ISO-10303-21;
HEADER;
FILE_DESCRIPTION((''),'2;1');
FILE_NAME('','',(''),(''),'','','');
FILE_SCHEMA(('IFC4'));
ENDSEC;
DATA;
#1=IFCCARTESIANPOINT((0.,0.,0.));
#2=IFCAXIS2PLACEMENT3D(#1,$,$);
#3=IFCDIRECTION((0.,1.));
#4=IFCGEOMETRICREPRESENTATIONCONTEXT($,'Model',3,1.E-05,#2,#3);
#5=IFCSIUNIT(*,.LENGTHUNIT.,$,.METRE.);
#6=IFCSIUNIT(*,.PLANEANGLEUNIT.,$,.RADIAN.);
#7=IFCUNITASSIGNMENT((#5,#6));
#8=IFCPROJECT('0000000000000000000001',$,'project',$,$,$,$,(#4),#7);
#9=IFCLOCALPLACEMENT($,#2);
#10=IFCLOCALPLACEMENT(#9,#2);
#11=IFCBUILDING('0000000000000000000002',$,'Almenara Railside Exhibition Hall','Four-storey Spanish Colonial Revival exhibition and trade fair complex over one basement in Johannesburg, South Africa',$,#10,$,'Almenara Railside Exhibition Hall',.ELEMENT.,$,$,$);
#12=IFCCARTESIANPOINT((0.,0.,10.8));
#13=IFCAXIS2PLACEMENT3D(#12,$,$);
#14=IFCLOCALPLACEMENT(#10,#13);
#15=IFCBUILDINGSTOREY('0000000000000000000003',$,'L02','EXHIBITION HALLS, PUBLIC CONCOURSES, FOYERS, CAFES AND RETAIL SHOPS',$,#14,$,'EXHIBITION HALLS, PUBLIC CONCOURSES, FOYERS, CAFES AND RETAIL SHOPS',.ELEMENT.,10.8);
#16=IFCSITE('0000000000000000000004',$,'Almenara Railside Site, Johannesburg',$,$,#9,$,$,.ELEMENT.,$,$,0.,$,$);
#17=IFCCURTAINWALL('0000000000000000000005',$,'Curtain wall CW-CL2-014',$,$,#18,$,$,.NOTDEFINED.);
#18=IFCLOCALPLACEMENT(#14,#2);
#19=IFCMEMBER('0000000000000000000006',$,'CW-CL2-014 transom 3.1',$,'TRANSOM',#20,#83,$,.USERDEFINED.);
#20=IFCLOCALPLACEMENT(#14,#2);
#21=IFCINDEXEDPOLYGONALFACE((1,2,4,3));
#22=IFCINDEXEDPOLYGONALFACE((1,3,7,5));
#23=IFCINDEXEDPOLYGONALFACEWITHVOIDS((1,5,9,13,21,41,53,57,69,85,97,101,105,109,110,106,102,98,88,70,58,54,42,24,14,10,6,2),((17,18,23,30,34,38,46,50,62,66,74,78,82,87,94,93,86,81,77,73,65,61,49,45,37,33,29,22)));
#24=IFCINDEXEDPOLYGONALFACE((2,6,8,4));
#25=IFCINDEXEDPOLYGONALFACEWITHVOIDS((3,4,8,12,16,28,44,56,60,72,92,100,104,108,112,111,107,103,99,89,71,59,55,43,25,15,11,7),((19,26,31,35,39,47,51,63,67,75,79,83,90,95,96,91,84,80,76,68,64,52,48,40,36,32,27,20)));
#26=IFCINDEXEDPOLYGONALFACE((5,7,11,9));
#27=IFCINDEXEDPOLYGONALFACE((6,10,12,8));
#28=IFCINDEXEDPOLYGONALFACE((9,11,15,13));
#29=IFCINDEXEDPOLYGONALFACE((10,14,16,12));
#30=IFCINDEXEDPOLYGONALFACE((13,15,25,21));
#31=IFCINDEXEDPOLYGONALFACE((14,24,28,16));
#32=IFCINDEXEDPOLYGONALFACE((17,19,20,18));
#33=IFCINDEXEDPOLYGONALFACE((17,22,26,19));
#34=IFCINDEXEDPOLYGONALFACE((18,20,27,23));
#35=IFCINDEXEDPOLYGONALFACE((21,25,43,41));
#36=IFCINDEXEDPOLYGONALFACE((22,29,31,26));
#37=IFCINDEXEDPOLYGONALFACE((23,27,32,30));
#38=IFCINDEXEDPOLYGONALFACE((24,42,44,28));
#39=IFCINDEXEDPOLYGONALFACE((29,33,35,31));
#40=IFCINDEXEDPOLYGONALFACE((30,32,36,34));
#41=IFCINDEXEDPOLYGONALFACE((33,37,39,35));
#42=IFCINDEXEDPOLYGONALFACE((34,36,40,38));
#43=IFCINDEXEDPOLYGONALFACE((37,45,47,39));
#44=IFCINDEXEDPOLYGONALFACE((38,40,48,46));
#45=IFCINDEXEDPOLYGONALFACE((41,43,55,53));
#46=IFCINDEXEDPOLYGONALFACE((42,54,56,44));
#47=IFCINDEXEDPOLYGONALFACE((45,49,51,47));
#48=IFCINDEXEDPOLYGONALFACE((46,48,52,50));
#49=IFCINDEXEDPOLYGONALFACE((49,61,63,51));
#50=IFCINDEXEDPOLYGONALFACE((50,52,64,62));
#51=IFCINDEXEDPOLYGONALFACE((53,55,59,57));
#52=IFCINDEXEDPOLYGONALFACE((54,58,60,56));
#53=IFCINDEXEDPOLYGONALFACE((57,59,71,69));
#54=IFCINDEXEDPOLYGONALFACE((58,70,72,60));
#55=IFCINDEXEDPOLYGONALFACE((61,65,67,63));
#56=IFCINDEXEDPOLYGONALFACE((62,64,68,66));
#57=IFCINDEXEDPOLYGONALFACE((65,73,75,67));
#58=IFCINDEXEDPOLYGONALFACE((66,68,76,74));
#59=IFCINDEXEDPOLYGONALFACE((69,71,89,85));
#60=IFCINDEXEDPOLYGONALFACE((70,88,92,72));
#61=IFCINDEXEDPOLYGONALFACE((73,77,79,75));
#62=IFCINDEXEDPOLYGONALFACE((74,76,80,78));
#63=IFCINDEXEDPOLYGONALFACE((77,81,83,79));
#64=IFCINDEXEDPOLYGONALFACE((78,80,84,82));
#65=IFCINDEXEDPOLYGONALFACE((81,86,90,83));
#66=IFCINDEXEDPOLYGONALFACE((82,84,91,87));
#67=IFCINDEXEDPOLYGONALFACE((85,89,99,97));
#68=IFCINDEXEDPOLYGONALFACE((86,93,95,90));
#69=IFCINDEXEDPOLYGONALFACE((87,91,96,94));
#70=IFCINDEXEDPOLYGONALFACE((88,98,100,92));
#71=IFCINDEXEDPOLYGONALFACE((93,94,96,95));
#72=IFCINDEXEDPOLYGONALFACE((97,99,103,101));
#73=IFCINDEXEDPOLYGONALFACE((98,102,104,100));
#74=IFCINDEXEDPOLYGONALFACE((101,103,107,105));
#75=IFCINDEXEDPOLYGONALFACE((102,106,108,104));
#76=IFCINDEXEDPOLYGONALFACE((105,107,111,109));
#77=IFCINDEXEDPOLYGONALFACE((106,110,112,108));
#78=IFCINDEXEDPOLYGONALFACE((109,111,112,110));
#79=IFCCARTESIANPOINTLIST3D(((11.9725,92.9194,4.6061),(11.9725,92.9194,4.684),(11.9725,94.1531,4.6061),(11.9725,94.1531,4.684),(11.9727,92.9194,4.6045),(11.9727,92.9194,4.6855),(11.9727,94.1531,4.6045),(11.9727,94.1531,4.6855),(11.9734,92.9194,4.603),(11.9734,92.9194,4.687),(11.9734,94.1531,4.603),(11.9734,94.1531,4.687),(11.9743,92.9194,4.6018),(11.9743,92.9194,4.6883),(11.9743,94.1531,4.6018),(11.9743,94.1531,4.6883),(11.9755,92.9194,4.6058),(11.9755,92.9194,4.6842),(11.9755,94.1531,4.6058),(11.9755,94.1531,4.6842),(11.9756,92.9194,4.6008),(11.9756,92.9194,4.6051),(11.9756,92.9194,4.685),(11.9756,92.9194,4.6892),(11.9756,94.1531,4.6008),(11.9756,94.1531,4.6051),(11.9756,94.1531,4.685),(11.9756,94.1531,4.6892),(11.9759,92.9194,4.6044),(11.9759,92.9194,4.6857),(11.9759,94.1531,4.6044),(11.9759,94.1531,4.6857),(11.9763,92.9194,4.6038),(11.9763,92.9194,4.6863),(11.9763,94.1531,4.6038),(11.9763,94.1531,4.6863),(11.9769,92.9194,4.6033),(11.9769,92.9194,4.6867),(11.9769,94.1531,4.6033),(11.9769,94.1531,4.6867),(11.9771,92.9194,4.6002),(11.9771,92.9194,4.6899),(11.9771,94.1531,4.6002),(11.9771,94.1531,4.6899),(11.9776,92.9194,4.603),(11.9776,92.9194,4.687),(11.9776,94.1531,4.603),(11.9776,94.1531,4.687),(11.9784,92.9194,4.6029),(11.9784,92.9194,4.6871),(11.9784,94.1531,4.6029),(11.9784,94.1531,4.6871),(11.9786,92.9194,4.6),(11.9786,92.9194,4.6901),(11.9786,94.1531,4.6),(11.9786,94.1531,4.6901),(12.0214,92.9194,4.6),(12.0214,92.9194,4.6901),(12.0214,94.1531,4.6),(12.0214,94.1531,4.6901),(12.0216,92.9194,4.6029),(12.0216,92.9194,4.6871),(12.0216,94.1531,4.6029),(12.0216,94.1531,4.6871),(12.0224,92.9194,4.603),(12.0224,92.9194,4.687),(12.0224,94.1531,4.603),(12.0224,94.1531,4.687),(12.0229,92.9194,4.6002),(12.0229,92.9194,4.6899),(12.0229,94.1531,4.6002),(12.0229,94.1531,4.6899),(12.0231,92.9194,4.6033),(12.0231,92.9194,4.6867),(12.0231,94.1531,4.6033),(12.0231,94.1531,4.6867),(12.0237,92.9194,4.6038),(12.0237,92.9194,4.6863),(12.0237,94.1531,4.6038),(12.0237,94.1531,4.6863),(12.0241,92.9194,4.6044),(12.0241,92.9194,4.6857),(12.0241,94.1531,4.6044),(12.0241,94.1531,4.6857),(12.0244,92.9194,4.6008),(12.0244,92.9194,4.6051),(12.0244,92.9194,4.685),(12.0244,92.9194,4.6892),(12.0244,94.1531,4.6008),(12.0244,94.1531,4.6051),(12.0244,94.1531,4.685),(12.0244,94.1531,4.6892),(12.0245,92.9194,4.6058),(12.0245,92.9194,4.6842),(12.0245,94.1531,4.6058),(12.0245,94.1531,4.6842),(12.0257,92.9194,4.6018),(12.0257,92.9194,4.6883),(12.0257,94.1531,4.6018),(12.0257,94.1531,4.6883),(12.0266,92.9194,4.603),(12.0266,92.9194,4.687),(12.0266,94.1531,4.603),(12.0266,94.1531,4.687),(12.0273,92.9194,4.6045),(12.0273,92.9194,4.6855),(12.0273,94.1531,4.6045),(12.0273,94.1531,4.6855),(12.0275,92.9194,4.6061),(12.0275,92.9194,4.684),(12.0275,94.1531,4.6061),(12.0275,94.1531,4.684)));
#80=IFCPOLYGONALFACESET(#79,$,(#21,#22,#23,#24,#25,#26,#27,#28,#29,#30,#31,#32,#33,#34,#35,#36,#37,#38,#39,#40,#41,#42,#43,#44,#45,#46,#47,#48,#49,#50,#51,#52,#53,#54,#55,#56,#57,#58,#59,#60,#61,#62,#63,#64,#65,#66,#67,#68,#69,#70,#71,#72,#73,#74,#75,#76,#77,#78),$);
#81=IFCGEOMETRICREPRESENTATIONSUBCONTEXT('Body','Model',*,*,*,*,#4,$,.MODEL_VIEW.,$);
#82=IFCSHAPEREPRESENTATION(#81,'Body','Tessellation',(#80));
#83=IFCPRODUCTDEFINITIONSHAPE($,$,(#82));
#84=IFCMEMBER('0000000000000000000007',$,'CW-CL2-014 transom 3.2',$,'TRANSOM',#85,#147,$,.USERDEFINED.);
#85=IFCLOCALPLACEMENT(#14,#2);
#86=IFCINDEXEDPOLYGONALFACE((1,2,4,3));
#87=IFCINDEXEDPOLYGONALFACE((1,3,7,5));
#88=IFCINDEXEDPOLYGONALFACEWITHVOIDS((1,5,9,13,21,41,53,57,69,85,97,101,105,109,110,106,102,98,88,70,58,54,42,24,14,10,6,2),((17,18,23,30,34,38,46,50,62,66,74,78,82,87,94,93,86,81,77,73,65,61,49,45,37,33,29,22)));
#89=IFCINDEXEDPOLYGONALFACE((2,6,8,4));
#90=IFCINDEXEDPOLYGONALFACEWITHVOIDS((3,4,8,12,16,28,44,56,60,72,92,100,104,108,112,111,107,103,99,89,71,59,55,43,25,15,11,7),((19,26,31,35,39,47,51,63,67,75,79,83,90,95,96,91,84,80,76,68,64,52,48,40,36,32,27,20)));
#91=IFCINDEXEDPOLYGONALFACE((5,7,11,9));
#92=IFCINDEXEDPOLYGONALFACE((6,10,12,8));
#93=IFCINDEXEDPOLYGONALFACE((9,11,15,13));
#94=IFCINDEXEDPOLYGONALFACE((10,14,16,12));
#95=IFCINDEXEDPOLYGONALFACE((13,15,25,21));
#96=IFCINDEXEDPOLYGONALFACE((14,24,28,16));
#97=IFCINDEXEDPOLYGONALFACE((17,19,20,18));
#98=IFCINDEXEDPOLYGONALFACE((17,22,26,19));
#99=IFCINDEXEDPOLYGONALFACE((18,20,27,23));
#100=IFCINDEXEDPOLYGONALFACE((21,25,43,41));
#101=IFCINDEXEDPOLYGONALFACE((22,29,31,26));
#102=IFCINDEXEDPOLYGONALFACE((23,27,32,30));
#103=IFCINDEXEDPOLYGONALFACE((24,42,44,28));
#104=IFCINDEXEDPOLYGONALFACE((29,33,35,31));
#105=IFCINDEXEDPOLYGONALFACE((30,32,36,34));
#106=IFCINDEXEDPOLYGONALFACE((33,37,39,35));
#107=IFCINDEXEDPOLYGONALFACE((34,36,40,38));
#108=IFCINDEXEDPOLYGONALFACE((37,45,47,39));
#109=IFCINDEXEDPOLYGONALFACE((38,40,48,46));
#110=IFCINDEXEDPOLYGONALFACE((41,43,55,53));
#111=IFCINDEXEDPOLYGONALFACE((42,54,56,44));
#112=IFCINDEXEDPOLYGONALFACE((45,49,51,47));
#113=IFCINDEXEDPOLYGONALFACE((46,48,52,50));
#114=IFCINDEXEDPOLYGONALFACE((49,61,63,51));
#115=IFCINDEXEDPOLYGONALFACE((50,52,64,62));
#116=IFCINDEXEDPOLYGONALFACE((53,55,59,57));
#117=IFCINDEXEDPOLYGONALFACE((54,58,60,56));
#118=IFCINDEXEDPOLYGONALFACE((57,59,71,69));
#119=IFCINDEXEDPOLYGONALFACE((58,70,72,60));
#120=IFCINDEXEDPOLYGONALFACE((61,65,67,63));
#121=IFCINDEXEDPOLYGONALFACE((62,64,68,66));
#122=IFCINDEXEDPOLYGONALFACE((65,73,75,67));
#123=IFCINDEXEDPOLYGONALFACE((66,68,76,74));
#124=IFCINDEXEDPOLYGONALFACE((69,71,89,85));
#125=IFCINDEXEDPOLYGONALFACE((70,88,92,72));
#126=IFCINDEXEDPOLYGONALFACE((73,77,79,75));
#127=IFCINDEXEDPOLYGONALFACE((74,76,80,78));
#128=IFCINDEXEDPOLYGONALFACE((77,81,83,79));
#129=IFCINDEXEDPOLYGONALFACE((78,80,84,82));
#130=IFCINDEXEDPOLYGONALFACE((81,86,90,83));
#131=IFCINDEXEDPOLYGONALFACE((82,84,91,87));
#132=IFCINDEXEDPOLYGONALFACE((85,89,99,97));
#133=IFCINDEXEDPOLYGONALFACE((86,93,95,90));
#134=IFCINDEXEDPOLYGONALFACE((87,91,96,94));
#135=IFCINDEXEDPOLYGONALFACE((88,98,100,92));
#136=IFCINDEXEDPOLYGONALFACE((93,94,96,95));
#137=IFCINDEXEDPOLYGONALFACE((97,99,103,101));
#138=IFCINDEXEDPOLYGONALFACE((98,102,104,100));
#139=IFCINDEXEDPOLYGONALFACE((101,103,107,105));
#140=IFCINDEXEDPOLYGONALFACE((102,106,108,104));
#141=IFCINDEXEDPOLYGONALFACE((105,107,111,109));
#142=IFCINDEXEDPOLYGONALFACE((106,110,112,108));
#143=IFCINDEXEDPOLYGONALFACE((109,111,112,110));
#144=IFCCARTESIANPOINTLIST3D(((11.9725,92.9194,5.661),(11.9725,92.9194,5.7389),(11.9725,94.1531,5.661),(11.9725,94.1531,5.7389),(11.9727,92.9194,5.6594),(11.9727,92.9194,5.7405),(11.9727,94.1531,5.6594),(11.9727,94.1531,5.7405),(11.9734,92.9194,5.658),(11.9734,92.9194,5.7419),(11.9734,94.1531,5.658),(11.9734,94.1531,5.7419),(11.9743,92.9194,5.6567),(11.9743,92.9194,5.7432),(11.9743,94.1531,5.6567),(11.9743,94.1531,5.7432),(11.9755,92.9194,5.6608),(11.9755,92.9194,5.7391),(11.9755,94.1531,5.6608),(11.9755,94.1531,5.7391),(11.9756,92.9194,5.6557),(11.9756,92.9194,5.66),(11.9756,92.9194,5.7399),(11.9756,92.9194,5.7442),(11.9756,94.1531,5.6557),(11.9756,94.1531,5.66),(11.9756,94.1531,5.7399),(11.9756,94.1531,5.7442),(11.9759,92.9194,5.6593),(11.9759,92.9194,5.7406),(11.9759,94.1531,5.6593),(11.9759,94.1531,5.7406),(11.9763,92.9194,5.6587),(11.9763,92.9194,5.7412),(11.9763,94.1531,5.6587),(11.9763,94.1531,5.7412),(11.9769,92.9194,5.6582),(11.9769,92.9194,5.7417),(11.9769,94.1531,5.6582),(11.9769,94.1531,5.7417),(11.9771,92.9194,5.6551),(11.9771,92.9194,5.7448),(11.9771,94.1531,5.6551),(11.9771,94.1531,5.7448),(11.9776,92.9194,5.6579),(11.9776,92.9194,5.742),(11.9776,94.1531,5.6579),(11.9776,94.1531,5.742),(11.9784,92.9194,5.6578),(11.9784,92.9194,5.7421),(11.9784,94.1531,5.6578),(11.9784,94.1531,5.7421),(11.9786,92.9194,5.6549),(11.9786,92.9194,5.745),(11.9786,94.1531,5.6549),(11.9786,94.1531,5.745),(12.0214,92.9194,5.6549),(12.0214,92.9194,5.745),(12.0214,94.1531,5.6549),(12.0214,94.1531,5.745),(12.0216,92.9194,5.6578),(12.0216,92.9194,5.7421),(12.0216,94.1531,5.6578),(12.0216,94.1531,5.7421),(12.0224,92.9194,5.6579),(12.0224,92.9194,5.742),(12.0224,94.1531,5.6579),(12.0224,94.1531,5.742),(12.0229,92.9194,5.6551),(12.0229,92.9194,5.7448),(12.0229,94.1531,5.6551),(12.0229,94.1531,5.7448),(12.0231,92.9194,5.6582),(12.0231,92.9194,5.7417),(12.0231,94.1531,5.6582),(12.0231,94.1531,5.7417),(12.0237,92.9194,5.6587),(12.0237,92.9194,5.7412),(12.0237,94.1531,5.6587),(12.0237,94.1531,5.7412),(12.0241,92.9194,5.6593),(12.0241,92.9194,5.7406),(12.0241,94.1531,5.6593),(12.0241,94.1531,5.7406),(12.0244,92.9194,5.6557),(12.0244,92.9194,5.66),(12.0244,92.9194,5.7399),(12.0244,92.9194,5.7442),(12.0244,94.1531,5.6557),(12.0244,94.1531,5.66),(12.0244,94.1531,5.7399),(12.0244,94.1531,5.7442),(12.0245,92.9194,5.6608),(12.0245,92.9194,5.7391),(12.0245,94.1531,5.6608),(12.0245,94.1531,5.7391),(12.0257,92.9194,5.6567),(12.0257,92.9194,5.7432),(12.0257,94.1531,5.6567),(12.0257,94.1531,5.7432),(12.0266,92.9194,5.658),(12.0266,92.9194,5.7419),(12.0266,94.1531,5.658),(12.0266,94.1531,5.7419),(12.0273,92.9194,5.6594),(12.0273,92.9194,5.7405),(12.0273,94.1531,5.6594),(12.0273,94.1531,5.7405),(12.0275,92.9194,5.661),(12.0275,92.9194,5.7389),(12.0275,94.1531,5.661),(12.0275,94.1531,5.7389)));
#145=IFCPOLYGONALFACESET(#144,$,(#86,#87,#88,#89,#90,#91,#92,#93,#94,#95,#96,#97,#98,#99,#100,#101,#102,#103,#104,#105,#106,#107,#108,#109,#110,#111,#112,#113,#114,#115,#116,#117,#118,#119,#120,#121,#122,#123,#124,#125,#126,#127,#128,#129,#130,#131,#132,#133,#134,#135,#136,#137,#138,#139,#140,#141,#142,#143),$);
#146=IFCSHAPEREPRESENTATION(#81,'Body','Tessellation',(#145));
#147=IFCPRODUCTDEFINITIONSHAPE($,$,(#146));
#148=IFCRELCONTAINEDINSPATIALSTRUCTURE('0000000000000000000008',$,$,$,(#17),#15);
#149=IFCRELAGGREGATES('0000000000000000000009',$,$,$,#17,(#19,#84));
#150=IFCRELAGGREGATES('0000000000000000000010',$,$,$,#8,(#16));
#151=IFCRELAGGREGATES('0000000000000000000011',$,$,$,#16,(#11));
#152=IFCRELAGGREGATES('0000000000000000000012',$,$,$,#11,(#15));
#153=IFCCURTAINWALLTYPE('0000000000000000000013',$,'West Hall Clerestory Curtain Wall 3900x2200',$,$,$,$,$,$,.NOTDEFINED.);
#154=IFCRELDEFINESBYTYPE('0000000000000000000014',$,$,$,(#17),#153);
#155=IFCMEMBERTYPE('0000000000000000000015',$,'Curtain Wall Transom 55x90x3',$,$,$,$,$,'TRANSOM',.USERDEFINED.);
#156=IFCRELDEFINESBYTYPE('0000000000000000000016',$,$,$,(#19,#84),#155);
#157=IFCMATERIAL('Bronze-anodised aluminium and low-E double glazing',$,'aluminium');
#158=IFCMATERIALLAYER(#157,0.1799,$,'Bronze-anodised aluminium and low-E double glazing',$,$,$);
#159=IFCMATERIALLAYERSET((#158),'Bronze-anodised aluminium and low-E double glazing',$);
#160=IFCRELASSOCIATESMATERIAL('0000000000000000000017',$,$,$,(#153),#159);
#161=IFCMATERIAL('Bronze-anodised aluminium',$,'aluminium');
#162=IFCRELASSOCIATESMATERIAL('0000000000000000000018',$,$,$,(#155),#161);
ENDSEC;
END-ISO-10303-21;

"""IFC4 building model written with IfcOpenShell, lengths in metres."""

from ifc_helpers import new_model, si_unit, direction, frame, origin, origin_2d, place, context, subcontext, project, spatial, hollow_rectangle, extrude, material, layer, layer_set, material_profile, profile_set, type_object, element, aggregate, save


model = new_model("IFC4")

# Units and contexts
model_context = context("Model", 3, precision=1e-05, world=origin(), true_north=direction((0.0, 1.0)))
body_context = subcontext(model_context, "Body", "Model", "MODEL_VIEW")
ifc_project = project(units=[si_unit("LENGTHUNIT", "METRE"), si_unit("PLANEANGLEUNIT", "RADIAN")], contexts=[model_context])

# Site, building, storey
site_placement = place(None, origin())
site = spatial("IfcSite", under=ifc_project, at=site_placement, Name="Almenara Railside Site, Johannesburg", CompositionType="ELEMENT", RefElevation=0.0)
building_placement = place(site_placement, origin())
building = spatial("IfcBuilding", under=site, at=building_placement, Name="Almenara Railside Exhibition Hall", Description="Four-storey Spanish Colonial Revival exhibition and trade fair complex over one basement in Johannesburg, South Africa", LongName="Almenara Railside Exhibition Hall", CompositionType="ELEMENT")
storey_placement = place(building_placement, frame((0.0, 0.0, 10.8)))
storey = spatial("IfcBuildingStorey", under=building, at=storey_placement, Name="L02", Description="EXHIBITION HALLS, PUBLIC CONCOURSES, FOYERS, CAFES AND RETAIL SHOPS", LongName="EXHIBITION HALLS, PUBLIC CONCOURSES, FOYERS, CAFES AND RETAIL SHOPS", CompositionType="ELEMENT", Elevation=10.8)

# Curtain wall
ifc_material_1 = material(Name="Bronze-anodised aluminium and low-E double glazing", Category="aluminium")
ifc_layer_1 = layer(ifc_material_1, 0.1799, Name="Bronze-anodised aluminium and low-E double glazing")
ifc_layer_set_1 = layer_set([ifc_layer_1], Name="Bronze-anodised aluminium and low-E double glazing")
curtain_wall_type_1 = type_object("IfcCurtainWallType", Name="West Hall Clerestory Curtain Wall 3900x2200", PredefinedType="NOTDEFINED", material=ifc_layer_set_1)
curtain_wall_1_placement = place(storey_placement, origin())
curtain_wall_1 = element("IfcCurtainWall", 1, at=curtain_wall_1_placement, inside=storey, type_object=curtain_wall_type_1, Name="Curtain wall CW-CL2-014", PredefinedType="NOTDEFINED")
ifc_material_2 = material(Name="Bronze-anodised aluminium", Category="aluminium")

# Members
ifc_material_profile_1 = material_profile(ifc_material_2, hollow_rectangle(XDim=0.0549, YDim=0.0901, WallThickness=0.0029, InnerFilletRadius=0.0029, OuterFilletRadius=0.0061, at=origin_2d()), Name="ALU-TRN 55x90x3")
ifc_profile_set_1 = profile_set([ifc_material_profile_1], Name="Bronze-anodised aluminium")
member_type_1 = type_object("IfcMemberType", Name="Curtain Wall Transom 55x90x3", ElementType="TRANSOM", PredefinedType="USERDEFINED", material=ifc_profile_set_1)
member_1_placement = place(storey_placement, frame((12.0, 92.9194, 4.645), z_axis=(0.0, 1.0, 0.0), x_axis=(-1.0, 0.0, 0.0)))
member_1 = element("IfcMember", 2, at=member_1_placement, type_object=member_type_1, Name="CW-CL2-014 transom 3.1", ObjectType="TRANSOM", PredefinedType="USERDEFINED", context=body_context, shape_type="SweptSolid", body=[
    extrude(hollow_rectangle(XDim=0.0549, YDim=0.0901, WallThickness=0.0029, InnerFilletRadius=0.0029, OuterFilletRadius=0.0061, at=origin_2d()), origin(), (0.0, 0.0, 1.0), 1.2336),
])
member_2_placement = place(storey_placement, frame((12.0, 92.9194, 5.7), z_axis=(0.0, 1.0, 0.0), x_axis=(-1.0, 0.0, 0.0)))
member_2 = element("IfcMember", 3, at=member_2_placement, type_object=member_type_1, Name="CW-CL2-014 transom 3.2", ObjectType="TRANSOM", PredefinedType="USERDEFINED", context=body_context, shape_type="SweptSolid", body=[
    extrude(hollow_rectangle(XDim=0.0549, YDim=0.0901, WallThickness=0.0029, InnerFilletRadius=0.0029, OuterFilletRadius=0.0061, at=origin_2d()), origin(), (0.0, 0.0, 1.0), 1.2336),
])

aggregate(curtain_wall_1, [member_1, member_2])

save(model, "model.ifc")
